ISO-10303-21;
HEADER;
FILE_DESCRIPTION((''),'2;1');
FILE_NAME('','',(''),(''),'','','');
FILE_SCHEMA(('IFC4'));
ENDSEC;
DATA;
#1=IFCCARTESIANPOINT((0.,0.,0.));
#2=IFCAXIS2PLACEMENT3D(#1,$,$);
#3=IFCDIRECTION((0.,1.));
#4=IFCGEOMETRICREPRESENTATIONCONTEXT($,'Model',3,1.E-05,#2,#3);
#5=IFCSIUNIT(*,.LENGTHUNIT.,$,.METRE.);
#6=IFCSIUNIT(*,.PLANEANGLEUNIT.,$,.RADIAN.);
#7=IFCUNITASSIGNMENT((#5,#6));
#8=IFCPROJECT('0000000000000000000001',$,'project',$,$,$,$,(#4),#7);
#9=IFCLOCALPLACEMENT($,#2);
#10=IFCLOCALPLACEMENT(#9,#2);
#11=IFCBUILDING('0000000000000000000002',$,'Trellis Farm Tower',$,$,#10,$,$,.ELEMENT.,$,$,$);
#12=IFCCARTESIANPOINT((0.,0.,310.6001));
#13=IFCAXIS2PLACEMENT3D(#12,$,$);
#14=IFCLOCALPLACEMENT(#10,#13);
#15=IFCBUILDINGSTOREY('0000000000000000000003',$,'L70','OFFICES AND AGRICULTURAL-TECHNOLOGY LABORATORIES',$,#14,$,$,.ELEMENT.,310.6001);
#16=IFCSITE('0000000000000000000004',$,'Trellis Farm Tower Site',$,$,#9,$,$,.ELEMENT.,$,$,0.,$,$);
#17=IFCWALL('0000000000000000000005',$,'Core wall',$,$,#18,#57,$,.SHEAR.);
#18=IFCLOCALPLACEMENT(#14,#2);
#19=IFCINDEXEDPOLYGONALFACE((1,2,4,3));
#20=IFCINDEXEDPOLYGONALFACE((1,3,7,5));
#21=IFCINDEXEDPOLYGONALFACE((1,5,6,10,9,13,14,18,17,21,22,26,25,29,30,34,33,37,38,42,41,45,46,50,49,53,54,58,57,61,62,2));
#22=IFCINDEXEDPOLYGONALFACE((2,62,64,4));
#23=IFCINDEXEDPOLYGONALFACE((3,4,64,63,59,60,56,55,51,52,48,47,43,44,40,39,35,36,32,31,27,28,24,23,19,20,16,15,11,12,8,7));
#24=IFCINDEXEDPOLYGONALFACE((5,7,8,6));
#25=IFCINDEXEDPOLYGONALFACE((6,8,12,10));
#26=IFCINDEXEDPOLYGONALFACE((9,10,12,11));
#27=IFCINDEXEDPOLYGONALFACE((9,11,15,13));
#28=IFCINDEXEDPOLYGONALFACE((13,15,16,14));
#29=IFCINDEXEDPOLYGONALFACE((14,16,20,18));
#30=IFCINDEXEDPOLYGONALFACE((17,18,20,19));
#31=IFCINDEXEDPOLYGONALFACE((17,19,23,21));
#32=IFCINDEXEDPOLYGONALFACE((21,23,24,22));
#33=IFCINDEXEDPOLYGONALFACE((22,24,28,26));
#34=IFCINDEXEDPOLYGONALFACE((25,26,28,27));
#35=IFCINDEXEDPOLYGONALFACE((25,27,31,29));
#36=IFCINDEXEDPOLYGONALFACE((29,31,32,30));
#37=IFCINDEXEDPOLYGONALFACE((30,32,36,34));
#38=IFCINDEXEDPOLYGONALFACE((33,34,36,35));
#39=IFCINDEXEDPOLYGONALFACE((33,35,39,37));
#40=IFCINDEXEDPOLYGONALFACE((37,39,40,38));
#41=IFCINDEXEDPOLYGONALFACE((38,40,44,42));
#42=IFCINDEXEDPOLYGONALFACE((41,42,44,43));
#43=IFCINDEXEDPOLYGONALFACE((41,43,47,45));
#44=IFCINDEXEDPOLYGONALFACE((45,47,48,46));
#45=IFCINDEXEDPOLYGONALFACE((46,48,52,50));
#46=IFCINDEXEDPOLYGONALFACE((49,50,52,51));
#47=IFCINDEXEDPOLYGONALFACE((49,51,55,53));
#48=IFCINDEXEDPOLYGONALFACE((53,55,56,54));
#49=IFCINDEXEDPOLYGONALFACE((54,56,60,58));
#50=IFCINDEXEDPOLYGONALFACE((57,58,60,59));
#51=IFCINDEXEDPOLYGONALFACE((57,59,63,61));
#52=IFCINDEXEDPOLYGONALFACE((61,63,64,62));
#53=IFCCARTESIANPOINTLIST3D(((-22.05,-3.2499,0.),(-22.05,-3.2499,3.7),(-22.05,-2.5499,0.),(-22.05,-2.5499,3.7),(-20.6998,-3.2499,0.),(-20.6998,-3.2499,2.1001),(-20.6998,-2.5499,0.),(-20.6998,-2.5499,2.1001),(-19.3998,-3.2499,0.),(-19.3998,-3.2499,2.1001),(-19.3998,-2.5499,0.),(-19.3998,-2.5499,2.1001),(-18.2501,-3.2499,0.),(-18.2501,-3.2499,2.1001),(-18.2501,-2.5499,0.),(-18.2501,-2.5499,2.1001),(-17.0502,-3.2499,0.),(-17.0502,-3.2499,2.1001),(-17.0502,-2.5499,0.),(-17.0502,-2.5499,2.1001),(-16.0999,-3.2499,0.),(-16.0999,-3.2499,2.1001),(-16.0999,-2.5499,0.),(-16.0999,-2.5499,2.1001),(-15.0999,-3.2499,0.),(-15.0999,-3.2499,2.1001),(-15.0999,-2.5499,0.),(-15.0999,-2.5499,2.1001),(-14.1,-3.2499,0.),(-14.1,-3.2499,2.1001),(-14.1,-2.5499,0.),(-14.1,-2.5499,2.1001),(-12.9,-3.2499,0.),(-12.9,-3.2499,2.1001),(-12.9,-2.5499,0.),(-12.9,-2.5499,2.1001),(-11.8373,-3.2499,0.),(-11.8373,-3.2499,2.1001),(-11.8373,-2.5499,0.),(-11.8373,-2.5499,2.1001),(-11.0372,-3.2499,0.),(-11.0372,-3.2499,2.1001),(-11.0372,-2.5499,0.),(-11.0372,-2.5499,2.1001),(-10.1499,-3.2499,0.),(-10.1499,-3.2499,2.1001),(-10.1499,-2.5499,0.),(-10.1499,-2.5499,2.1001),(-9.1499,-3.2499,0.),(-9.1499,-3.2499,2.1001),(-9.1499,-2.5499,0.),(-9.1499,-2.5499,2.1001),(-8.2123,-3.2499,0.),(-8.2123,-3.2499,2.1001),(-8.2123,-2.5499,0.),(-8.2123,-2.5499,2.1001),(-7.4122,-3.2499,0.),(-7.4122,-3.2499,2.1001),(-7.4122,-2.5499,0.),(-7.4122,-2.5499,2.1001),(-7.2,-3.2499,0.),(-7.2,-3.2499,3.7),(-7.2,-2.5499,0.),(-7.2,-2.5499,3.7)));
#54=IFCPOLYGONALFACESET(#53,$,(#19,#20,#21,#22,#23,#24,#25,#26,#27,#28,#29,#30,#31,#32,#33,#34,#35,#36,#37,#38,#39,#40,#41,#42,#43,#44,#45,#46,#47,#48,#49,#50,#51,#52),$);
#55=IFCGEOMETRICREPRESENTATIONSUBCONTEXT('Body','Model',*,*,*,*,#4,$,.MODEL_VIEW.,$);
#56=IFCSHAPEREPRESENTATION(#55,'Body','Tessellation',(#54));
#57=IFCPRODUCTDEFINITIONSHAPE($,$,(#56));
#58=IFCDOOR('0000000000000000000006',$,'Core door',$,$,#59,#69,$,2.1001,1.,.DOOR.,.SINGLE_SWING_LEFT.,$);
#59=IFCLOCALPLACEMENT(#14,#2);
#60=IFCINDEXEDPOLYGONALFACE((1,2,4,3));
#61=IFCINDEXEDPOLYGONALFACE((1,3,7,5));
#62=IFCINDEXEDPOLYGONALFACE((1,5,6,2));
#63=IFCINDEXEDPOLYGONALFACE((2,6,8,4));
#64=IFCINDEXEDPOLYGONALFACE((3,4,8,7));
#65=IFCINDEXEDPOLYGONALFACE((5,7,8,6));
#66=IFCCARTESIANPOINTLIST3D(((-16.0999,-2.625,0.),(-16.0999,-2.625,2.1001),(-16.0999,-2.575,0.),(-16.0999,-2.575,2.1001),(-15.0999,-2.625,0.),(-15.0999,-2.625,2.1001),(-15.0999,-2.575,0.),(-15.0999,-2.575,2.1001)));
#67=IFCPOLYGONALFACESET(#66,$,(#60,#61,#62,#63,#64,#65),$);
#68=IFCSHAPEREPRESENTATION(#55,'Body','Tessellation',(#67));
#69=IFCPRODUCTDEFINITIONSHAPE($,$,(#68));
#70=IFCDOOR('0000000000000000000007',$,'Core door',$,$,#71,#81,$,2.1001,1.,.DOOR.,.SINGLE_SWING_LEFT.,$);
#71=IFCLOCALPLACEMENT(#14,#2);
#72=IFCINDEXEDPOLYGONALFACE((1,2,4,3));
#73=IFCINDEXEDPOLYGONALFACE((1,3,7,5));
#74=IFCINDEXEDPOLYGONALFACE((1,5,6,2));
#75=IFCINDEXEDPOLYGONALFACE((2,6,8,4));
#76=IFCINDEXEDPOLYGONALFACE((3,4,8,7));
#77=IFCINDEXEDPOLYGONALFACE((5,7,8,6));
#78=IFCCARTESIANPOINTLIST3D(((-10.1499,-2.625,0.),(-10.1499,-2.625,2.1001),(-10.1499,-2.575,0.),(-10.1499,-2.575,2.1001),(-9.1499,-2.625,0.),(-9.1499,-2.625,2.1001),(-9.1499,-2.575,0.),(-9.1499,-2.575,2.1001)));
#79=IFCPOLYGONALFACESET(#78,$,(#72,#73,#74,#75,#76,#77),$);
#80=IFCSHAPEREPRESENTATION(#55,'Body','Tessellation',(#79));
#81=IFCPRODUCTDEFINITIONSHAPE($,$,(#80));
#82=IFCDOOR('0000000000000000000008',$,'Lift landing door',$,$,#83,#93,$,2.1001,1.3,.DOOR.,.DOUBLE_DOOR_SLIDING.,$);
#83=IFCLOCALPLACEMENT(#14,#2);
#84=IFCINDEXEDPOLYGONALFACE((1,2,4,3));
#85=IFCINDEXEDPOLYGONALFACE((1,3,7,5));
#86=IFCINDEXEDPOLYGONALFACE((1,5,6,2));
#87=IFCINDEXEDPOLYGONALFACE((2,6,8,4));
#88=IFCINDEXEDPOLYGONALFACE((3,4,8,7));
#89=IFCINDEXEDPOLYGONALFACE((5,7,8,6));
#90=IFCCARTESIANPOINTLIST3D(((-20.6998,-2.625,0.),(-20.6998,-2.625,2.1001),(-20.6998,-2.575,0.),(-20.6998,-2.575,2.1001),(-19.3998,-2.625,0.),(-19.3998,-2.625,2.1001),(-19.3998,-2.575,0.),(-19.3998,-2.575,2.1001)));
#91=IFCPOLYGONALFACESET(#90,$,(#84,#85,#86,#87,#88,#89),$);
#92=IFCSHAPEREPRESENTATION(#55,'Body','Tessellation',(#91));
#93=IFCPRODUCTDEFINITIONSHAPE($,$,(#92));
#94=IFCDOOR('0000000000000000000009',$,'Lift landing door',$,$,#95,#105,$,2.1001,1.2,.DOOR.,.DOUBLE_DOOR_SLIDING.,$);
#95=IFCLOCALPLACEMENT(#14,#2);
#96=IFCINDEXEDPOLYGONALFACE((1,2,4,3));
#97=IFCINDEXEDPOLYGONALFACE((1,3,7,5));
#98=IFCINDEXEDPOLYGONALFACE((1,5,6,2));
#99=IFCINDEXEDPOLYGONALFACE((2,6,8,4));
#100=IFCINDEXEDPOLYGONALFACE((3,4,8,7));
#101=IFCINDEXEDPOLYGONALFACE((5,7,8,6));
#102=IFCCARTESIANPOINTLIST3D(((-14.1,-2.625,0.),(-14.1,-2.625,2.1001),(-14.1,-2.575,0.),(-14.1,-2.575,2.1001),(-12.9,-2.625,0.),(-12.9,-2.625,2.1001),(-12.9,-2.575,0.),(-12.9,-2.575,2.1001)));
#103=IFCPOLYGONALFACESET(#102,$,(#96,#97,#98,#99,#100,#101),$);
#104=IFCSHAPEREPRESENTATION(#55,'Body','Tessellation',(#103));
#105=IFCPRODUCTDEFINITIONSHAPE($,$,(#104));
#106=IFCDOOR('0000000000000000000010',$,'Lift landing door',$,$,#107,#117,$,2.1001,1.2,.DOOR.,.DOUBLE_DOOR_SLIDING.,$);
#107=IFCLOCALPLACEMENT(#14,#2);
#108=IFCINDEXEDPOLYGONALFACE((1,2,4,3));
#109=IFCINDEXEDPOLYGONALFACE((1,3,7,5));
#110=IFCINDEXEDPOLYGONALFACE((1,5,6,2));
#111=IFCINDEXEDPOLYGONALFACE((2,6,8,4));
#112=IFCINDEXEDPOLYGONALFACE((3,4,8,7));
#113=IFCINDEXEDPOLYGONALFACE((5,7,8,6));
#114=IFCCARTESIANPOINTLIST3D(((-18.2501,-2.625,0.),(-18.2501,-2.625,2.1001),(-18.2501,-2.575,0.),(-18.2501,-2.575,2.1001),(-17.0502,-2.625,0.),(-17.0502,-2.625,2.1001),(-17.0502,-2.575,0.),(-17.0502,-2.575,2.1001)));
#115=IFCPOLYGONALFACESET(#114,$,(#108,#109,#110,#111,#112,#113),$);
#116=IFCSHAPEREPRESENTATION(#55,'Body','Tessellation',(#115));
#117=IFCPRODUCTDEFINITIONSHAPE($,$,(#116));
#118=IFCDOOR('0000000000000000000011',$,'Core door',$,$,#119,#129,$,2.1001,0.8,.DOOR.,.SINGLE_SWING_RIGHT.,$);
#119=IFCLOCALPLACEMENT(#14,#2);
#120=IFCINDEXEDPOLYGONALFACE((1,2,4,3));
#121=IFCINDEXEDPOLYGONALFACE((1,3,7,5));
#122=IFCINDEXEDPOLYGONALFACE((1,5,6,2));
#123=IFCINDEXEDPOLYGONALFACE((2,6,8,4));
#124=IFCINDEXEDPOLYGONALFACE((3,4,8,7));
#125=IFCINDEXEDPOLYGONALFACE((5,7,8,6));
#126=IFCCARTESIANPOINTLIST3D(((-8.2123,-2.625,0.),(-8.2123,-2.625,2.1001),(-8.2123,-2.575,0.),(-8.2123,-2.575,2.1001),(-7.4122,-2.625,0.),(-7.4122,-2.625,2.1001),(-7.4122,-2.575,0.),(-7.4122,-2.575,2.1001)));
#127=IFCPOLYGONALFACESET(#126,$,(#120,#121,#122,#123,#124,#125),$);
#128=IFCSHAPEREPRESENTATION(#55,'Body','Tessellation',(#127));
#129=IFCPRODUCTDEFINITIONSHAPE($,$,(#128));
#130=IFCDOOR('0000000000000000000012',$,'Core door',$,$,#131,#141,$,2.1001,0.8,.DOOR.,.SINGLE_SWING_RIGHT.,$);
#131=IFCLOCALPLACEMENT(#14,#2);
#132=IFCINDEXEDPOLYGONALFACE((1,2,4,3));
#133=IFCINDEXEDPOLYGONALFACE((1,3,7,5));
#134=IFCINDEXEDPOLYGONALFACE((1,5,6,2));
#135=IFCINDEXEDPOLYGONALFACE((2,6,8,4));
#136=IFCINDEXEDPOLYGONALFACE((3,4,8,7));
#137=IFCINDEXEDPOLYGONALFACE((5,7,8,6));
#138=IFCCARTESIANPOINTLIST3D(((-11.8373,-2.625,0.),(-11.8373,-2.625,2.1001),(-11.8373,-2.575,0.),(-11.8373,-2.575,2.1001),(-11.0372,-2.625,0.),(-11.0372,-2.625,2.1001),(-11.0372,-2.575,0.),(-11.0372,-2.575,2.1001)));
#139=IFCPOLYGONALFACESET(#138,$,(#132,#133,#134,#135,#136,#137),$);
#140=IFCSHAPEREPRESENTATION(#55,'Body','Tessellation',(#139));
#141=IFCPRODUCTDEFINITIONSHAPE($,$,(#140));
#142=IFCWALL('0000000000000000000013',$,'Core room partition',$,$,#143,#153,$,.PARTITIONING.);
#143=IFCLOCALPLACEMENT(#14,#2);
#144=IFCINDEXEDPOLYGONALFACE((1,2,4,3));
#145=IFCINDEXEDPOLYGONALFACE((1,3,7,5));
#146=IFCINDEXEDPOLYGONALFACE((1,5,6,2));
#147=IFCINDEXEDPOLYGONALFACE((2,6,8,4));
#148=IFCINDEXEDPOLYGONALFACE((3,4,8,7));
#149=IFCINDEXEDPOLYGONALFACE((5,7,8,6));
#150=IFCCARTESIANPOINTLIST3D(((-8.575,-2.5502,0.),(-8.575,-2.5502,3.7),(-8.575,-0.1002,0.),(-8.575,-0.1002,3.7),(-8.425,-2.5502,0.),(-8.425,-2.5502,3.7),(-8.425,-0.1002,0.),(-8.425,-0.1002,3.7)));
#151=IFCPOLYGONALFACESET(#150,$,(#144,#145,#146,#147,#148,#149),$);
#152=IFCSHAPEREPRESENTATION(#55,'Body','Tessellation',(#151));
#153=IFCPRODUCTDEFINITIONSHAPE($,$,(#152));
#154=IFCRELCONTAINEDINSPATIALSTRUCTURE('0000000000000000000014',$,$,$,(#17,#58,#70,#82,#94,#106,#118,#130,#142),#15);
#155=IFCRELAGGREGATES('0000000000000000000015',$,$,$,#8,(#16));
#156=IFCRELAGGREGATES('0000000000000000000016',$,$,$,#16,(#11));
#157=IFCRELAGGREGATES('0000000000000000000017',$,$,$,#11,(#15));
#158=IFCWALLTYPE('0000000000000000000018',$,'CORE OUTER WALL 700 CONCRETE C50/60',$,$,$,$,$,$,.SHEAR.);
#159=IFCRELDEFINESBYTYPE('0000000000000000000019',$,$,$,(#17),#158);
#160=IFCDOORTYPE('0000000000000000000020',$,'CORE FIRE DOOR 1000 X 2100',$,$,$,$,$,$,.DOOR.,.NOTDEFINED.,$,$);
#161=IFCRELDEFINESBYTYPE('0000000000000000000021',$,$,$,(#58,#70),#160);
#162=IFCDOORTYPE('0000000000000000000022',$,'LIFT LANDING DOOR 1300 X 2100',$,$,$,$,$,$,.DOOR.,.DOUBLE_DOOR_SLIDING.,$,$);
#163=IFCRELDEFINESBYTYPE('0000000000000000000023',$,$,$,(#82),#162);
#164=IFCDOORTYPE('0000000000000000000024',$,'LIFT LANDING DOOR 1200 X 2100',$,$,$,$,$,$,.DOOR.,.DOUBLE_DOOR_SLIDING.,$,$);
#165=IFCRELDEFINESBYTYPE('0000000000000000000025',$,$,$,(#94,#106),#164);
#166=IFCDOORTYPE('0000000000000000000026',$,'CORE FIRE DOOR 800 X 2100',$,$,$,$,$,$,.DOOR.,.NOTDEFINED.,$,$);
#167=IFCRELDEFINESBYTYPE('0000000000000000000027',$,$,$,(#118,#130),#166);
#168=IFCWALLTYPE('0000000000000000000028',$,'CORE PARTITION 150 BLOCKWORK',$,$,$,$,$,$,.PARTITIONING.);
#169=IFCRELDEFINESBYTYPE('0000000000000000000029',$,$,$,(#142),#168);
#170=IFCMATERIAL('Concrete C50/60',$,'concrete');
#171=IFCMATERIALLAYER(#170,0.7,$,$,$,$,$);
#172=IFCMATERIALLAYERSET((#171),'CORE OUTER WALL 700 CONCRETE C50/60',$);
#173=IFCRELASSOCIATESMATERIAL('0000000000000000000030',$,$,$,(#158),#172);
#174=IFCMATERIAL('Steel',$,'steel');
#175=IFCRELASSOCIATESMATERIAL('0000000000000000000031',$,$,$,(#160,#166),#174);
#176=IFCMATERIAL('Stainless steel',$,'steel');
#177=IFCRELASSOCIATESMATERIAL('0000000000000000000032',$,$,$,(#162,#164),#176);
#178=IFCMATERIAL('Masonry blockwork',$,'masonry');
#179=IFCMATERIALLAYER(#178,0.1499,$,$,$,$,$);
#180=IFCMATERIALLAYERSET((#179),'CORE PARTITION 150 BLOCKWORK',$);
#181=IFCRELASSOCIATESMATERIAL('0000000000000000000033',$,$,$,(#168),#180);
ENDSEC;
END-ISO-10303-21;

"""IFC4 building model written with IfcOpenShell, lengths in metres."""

from ifc_helpers import new_model, si_unit, direction, frame, frame_2d, origin, place, context, subcontext, project, spatial, rectangle, extrude, source, transform, mapped, material, layer, layer_set, type_object, element, fill, save


model = new_model("IFC4")

# Units and contexts
model_context = context("Model", 3, precision=1e-05, world=origin(), true_north=direction((0.0, 1.0)))
body_context = subcontext(model_context, "Body", "Model", "MODEL_VIEW")
ifc_project = project(units=[si_unit("LENGTHUNIT", "METRE"), si_unit("PLANEANGLEUNIT", "RADIAN")], contexts=[model_context])

# Site, building, storey
site_placement = place(None, origin())
site = spatial("IfcSite", under=ifc_project, at=site_placement, Name="Trellis Farm Tower Site", CompositionType="ELEMENT", RefElevation=0.0)
building_placement = place(site_placement, origin())
building = spatial("IfcBuilding", under=site, at=building_placement, Name="Trellis Farm Tower", CompositionType="ELEMENT")
storey_placement = place(building_placement, frame((0.0, 0.0, 310.6001)))
storey = spatial("IfcBuildingStorey", under=building, at=storey_placement, Name="L70", Description="OFFICES AND AGRICULTURAL-TECHNOLOGY LABORATORIES", CompositionType="ELEMENT", Elevation=310.6001)

# Wall, openings, doors
ifc_material_1 = material(Name="Concrete C50/60", Category="concrete")
ifc_layer_1 = layer(ifc_material_1, 0.7)
ifc_layer_set_1 = layer_set([ifc_layer_1], Name="CORE OUTER WALL 700 CONCRETE C50/60")
wall_type_1 = type_object("IfcWallType", Name="CORE OUTER WALL 700 CONCRETE C50/60", PredefinedType="SHEAR", material=ifc_layer_set_1)
shared_shape_1 = source(origin(), body_context, "Body", "SweptSolid", [
    extrude(rectangle(XDim=14.8501, YDim=0.7, at=frame_2d((7.425, 0.0))), origin(), (0.0, 0.0, 1.0), 3.7),
])
wall_1_placement = place(storey_placement, frame((-7.2, -2.8999, 0.0), z_axis=(0.0, 0.0, 1.0), x_axis=(-1.0, 0.0, 0.0)))
wall_1 = element("IfcWall", 1, at=wall_1_placement, inside=storey, type_object=wall_type_1, Name="Core wall", PredefinedType="SHEAR", context=body_context, shape_type="MappedRepresentation", body=[
    mapped(shared_shape_1, transform((0.0, 0.0, 0.0))),
])
shared_shape_2 = source(origin(), body_context, "Body", "SweptSolid", [
    extrude(rectangle(XDim=1.2, YDim=2.1001, at=frame_2d((0.6001, 1.05))), frame((0.0, 0.3601, 0.0), z_axis=(0.0, -1.0, 0.0), x_axis=(1.0, 0.0, 0.0)), (0.0, 0.0, 1.0), 0.7202),
])
opening_1_placement = place(wall_1_placement, frame((5.7, 0.0, 0.0)))
opening_1 = element("IfcOpeningElement", 2, at=opening_1_placement, cuts=wall_1, PredefinedType="OPENING", context=body_context, shape_type="MappedRepresentation", body=[
    mapped(shared_shape_2, transform((0.0, 0.0, 0.0))),
])
shared_shape_3 = source(origin(), body_context, "Body", "SweptSolid", [
    extrude(rectangle(XDim=1.3, YDim=2.1001, at=frame_2d((0.6499, 1.05))), frame((0.0, 0.3601, 0.0), z_axis=(0.0, -1.0, 0.0), x_axis=(1.0, 0.0, 0.0)), (0.0, 0.0, 1.0), 0.7202),
])
opening_2_placement = place(wall_1_placement, frame((12.2, 0.0, 0.0)))
opening_2 = element("IfcOpeningElement", 3, at=opening_2_placement, cuts=wall_1, PredefinedType="OPENING", context=body_context, shape_type="MappedRepresentation", body=[
    mapped(shared_shape_3, transform((0.0, 0.0, 0.0))),
])
opening_3_placement = place(wall_1_placement, frame((9.8501, 0.0, 0.0)))
opening_3 = element("IfcOpeningElement", 4, at=opening_3_placement, cuts=wall_1, PredefinedType="OPENING", context=body_context, shape_type="MappedRepresentation", body=[
    mapped(shared_shape_2, transform((0.0, 0.0, 0.0))),
])
shared_shape_4 = source(origin(), body_context, "Body", "SweptSolid", [
    extrude(rectangle(XDim=1.0, YDim=2.1001, at=frame_2d((0.5, 1.05))), frame((0.0, 0.3601, 0.0), z_axis=(0.0, -1.0, 0.0), x_axis=(1.0, 0.0, 0.0)), (0.0, 0.0, 1.0), 0.7202),
])
opening_4_placement = place(wall_1_placement, frame((7.8999, 0.0, 0.0)))
opening_4 = element("IfcOpeningElement", 5, at=opening_4_placement, cuts=wall_1, PredefinedType="OPENING", context=body_context, shape_type="MappedRepresentation", body=[
    mapped(shared_shape_4, transform((0.0, 0.0, 0.0))),
])
shared_shape_5 = source(origin(), body_context, "Body", "SweptSolid", [
    extrude(rectangle(XDim=0.8, YDim=2.1001, at=frame_2d((0.3999, 1.05))), frame((0.0, 0.3601, 0.0), z_axis=(0.0, -1.0, 0.0), x_axis=(1.0, 0.0, 0.0)), (0.0, 0.0, 1.0), 0.7202),
])
opening_5_placement = place(wall_1_placement, frame((0.2124, 0.0, 0.0)))
opening_5 = element("IfcOpeningElement", 6, at=opening_5_placement, cuts=wall_1, PredefinedType="OPENING", context=body_context, shape_type="MappedRepresentation", body=[
    mapped(shared_shape_5, transform((0.0, 0.0, 0.0))),
])
opening_6_placement = place(wall_1_placement, frame((1.95, 0.0, 0.0)))
opening_6 = element("IfcOpeningElement", 7, at=opening_6_placement, cuts=wall_1, PredefinedType="OPENING", context=body_context, shape_type="MappedRepresentation", body=[
    mapped(shared_shape_4, transform((0.0, 0.0, 0.0))),
])
opening_7_placement = place(wall_1_placement, frame((3.8374, 0.0, 0.0)))
opening_7 = element("IfcOpeningElement", 8, at=opening_7_placement, cuts=wall_1, PredefinedType="OPENING", context=body_context, shape_type="MappedRepresentation", body=[
    mapped(shared_shape_5, transform((0.0, 0.0, 0.0))),
])
ifc_material_2 = material(Name="Steel", Category="steel")
door_type_1 = type_object("IfcDoorType", Name="CORE FIRE DOOR 1000 X 2100", OperationType="NOTDEFINED", PredefinedType="DOOR", material=ifc_material_2)
shared_shape_6 = source(origin(), body_context, "Body", "SweptSolid", [
    extrude(rectangle(XDim=1.0, YDim=2.1001, at=frame_2d((0.5, 1.05))), frame((0.0, -0.2749, 0.0), z_axis=(0.0, -1.0, 0.0), x_axis=(1.0, 0.0, 0.0)), (0.0, 0.0, 1.0), 0.05),
])
door_1_placement = place(opening_4_placement, origin())
door_1 = element("IfcDoor", 9, at=door_1_placement, inside=storey, type_object=door_type_1, Name="Core door", OperationType="SINGLE_SWING_LEFT", OverallHeight=2.1001, OverallWidth=1.0, PredefinedType="DOOR", context=body_context, shape_type="MappedRepresentation", body=[
    mapped(shared_shape_6, transform((0.0, 0.0, 0.0))),
])
fill(opening_4, door_1)
door_2_placement = place(opening_6_placement, origin())
door_2 = element("IfcDoor", 10, at=door_2_placement, inside=storey, type_object=door_type_1, Name="Core door", OperationType="SINGLE_SWING_LEFT", OverallHeight=2.1001, OverallWidth=1.0, PredefinedType="DOOR", context=body_context, shape_type="MappedRepresentation", body=[
    mapped(shared_shape_6, transform((0.0, 0.0, 0.0))),
])
fill(opening_6, door_2)
ifc_material_3 = material(Name="Stainless steel", Category="steel")
door_type_2 = type_object("IfcDoorType", Name="LIFT LANDING DOOR 1300 X 2100", OperationType="DOUBLE_DOOR_SLIDING", PredefinedType="DOOR", material=ifc_material_3)
shared_shape_7 = source(origin(), body_context, "Body", "SweptSolid", [
    extrude(rectangle(XDim=1.3, YDim=2.1001, at=frame_2d((0.6499, 1.05))), frame((0.0, -0.2749, 0.0), z_axis=(0.0, -1.0, 0.0), x_axis=(1.0, 0.0, 0.0)), (0.0, 0.0, 1.0), 0.05),
])
door_3_placement = place(opening_2_placement, origin())
door_3 = element("IfcDoor", 11, at=door_3_placement, inside=storey, type_object=door_type_2, Name="Lift landing door", OperationType="DOUBLE_DOOR_SLIDING", OverallHeight=2.1001, OverallWidth=1.3, PredefinedType="DOOR", context=body_context, shape_type="MappedRepresentation", body=[
    mapped(shared_shape_7, transform((0.0, 0.0, 0.0))),
])
fill(opening_2, door_3)
door_type_3 = type_object("IfcDoorType", Name="LIFT LANDING DOOR 1200 X 2100", OperationType="DOUBLE_DOOR_SLIDING", PredefinedType="DOOR", material=ifc_material_3)
shared_shape_8 = source(origin(), body_context, "Body", "SweptSolid", [
    extrude(rectangle(XDim=1.2, YDim=2.1001, at=frame_2d((0.6001, 1.05))), frame((0.0, -0.2749, 0.0), z_axis=(0.0, -1.0, 0.0), x_axis=(1.0, 0.0, 0.0)), (0.0, 0.0, 1.0), 0.05),
])
door_4_placement = place(opening_1_placement, origin())
door_4 = element("IfcDoor", 12, at=door_4_placement, inside=storey, type_object=door_type_3, Name="Lift landing door", OperationType="DOUBLE_DOOR_SLIDING", OverallHeight=2.1001, OverallWidth=1.2, PredefinedType="DOOR", context=body_context, shape_type="MappedRepresentation", body=[
    mapped(shared_shape_8, transform((0.0, 0.0, 0.0))),
])
fill(opening_1, door_4)
door_5_placement = place(opening_3_placement, origin())
door_5 = element("IfcDoor", 13, at=door_5_placement, inside=storey, type_object=door_type_3, Name="Lift landing door", OperationType="DOUBLE_DOOR_SLIDING", OverallHeight=2.1001, OverallWidth=1.2, PredefinedType="DOOR", context=body_context, shape_type="MappedRepresentation", body=[
    mapped(shared_shape_8, transform((0.0, 0.0, 0.0))),
])
fill(opening_3, door_5)
door_type_4 = type_object("IfcDoorType", Name="CORE FIRE DOOR 800 X 2100", OperationType="NOTDEFINED", PredefinedType="DOOR", material=ifc_material_2)
shared_shape_9 = source(origin(), body_context, "Body", "SweptSolid", [
    extrude(rectangle(XDim=0.8, YDim=2.1001, at=frame_2d((0.3999, 1.05))), frame((0.0, -0.2749, 0.0), z_axis=(0.0, -1.0, 0.0), x_axis=(1.0, 0.0, 0.0)), (0.0, 0.0, 1.0), 0.05),
])
door_6_placement = place(opening_5_placement, origin())
door_6 = element("IfcDoor", 14, at=door_6_placement, inside=storey, type_object=door_type_4, Name="Core door", OperationType="SINGLE_SWING_RIGHT", OverallHeight=2.1001, OverallWidth=0.8, PredefinedType="DOOR", context=body_context, shape_type="MappedRepresentation", body=[
    mapped(shared_shape_9, transform((0.0, 0.0, 0.0))),
])
fill(opening_5, door_6)
door_7_placement = place(opening_7_placement, origin())
door_7 = element("IfcDoor", 15, at=door_7_placement, inside=storey, type_object=door_type_4, Name="Core door", OperationType="SINGLE_SWING_RIGHT", OverallHeight=2.1001, OverallWidth=0.8, PredefinedType="DOOR", context=body_context, shape_type="MappedRepresentation", body=[
    mapped(shared_shape_9, transform((0.0, 0.0, 0.0))),
])
fill(opening_7, door_7)

# Wall
ifc_material_4 = material(Name="Masonry blockwork", Category="masonry")
ifc_layer_2 = layer(ifc_material_4, 0.1499)
ifc_layer_set_2 = layer_set([ifc_layer_2], Name="CORE PARTITION 150 BLOCKWORK")
wall_type_2 = type_object("IfcWallType", Name="CORE PARTITION 150 BLOCKWORK", PredefinedType="PARTITIONING", material=ifc_layer_set_2)
shared_shape_10 = source(origin(), body_context, "Body", "SweptSolid", [
    extrude(rectangle(XDim=2.45, YDim=0.1499, at=frame_2d((1.2251, 0.0))), origin(), (0.0, 0.0, 1.0), 3.7),
])
for number, where, z_axis, x_axis, name in (
    (16, (-8.5, -0.1001, 0.0), (0.0, 0.0, 1.0), (0.0, -1.0, 0.0), "Core room partition"),
):
    element("IfcWall", number, at=place(storey_placement, frame(where, z_axis=z_axis, x_axis=x_axis)), inside=storey, type_object=wall_type_2, Name=name, PredefinedType="PARTITIONING", context=body_context, shape_type="MappedRepresentation", body=[
        mapped(shared_shape_10, transform((0.0, 0.0, 0.0))),
    ])

save(model, "model.ifc")
